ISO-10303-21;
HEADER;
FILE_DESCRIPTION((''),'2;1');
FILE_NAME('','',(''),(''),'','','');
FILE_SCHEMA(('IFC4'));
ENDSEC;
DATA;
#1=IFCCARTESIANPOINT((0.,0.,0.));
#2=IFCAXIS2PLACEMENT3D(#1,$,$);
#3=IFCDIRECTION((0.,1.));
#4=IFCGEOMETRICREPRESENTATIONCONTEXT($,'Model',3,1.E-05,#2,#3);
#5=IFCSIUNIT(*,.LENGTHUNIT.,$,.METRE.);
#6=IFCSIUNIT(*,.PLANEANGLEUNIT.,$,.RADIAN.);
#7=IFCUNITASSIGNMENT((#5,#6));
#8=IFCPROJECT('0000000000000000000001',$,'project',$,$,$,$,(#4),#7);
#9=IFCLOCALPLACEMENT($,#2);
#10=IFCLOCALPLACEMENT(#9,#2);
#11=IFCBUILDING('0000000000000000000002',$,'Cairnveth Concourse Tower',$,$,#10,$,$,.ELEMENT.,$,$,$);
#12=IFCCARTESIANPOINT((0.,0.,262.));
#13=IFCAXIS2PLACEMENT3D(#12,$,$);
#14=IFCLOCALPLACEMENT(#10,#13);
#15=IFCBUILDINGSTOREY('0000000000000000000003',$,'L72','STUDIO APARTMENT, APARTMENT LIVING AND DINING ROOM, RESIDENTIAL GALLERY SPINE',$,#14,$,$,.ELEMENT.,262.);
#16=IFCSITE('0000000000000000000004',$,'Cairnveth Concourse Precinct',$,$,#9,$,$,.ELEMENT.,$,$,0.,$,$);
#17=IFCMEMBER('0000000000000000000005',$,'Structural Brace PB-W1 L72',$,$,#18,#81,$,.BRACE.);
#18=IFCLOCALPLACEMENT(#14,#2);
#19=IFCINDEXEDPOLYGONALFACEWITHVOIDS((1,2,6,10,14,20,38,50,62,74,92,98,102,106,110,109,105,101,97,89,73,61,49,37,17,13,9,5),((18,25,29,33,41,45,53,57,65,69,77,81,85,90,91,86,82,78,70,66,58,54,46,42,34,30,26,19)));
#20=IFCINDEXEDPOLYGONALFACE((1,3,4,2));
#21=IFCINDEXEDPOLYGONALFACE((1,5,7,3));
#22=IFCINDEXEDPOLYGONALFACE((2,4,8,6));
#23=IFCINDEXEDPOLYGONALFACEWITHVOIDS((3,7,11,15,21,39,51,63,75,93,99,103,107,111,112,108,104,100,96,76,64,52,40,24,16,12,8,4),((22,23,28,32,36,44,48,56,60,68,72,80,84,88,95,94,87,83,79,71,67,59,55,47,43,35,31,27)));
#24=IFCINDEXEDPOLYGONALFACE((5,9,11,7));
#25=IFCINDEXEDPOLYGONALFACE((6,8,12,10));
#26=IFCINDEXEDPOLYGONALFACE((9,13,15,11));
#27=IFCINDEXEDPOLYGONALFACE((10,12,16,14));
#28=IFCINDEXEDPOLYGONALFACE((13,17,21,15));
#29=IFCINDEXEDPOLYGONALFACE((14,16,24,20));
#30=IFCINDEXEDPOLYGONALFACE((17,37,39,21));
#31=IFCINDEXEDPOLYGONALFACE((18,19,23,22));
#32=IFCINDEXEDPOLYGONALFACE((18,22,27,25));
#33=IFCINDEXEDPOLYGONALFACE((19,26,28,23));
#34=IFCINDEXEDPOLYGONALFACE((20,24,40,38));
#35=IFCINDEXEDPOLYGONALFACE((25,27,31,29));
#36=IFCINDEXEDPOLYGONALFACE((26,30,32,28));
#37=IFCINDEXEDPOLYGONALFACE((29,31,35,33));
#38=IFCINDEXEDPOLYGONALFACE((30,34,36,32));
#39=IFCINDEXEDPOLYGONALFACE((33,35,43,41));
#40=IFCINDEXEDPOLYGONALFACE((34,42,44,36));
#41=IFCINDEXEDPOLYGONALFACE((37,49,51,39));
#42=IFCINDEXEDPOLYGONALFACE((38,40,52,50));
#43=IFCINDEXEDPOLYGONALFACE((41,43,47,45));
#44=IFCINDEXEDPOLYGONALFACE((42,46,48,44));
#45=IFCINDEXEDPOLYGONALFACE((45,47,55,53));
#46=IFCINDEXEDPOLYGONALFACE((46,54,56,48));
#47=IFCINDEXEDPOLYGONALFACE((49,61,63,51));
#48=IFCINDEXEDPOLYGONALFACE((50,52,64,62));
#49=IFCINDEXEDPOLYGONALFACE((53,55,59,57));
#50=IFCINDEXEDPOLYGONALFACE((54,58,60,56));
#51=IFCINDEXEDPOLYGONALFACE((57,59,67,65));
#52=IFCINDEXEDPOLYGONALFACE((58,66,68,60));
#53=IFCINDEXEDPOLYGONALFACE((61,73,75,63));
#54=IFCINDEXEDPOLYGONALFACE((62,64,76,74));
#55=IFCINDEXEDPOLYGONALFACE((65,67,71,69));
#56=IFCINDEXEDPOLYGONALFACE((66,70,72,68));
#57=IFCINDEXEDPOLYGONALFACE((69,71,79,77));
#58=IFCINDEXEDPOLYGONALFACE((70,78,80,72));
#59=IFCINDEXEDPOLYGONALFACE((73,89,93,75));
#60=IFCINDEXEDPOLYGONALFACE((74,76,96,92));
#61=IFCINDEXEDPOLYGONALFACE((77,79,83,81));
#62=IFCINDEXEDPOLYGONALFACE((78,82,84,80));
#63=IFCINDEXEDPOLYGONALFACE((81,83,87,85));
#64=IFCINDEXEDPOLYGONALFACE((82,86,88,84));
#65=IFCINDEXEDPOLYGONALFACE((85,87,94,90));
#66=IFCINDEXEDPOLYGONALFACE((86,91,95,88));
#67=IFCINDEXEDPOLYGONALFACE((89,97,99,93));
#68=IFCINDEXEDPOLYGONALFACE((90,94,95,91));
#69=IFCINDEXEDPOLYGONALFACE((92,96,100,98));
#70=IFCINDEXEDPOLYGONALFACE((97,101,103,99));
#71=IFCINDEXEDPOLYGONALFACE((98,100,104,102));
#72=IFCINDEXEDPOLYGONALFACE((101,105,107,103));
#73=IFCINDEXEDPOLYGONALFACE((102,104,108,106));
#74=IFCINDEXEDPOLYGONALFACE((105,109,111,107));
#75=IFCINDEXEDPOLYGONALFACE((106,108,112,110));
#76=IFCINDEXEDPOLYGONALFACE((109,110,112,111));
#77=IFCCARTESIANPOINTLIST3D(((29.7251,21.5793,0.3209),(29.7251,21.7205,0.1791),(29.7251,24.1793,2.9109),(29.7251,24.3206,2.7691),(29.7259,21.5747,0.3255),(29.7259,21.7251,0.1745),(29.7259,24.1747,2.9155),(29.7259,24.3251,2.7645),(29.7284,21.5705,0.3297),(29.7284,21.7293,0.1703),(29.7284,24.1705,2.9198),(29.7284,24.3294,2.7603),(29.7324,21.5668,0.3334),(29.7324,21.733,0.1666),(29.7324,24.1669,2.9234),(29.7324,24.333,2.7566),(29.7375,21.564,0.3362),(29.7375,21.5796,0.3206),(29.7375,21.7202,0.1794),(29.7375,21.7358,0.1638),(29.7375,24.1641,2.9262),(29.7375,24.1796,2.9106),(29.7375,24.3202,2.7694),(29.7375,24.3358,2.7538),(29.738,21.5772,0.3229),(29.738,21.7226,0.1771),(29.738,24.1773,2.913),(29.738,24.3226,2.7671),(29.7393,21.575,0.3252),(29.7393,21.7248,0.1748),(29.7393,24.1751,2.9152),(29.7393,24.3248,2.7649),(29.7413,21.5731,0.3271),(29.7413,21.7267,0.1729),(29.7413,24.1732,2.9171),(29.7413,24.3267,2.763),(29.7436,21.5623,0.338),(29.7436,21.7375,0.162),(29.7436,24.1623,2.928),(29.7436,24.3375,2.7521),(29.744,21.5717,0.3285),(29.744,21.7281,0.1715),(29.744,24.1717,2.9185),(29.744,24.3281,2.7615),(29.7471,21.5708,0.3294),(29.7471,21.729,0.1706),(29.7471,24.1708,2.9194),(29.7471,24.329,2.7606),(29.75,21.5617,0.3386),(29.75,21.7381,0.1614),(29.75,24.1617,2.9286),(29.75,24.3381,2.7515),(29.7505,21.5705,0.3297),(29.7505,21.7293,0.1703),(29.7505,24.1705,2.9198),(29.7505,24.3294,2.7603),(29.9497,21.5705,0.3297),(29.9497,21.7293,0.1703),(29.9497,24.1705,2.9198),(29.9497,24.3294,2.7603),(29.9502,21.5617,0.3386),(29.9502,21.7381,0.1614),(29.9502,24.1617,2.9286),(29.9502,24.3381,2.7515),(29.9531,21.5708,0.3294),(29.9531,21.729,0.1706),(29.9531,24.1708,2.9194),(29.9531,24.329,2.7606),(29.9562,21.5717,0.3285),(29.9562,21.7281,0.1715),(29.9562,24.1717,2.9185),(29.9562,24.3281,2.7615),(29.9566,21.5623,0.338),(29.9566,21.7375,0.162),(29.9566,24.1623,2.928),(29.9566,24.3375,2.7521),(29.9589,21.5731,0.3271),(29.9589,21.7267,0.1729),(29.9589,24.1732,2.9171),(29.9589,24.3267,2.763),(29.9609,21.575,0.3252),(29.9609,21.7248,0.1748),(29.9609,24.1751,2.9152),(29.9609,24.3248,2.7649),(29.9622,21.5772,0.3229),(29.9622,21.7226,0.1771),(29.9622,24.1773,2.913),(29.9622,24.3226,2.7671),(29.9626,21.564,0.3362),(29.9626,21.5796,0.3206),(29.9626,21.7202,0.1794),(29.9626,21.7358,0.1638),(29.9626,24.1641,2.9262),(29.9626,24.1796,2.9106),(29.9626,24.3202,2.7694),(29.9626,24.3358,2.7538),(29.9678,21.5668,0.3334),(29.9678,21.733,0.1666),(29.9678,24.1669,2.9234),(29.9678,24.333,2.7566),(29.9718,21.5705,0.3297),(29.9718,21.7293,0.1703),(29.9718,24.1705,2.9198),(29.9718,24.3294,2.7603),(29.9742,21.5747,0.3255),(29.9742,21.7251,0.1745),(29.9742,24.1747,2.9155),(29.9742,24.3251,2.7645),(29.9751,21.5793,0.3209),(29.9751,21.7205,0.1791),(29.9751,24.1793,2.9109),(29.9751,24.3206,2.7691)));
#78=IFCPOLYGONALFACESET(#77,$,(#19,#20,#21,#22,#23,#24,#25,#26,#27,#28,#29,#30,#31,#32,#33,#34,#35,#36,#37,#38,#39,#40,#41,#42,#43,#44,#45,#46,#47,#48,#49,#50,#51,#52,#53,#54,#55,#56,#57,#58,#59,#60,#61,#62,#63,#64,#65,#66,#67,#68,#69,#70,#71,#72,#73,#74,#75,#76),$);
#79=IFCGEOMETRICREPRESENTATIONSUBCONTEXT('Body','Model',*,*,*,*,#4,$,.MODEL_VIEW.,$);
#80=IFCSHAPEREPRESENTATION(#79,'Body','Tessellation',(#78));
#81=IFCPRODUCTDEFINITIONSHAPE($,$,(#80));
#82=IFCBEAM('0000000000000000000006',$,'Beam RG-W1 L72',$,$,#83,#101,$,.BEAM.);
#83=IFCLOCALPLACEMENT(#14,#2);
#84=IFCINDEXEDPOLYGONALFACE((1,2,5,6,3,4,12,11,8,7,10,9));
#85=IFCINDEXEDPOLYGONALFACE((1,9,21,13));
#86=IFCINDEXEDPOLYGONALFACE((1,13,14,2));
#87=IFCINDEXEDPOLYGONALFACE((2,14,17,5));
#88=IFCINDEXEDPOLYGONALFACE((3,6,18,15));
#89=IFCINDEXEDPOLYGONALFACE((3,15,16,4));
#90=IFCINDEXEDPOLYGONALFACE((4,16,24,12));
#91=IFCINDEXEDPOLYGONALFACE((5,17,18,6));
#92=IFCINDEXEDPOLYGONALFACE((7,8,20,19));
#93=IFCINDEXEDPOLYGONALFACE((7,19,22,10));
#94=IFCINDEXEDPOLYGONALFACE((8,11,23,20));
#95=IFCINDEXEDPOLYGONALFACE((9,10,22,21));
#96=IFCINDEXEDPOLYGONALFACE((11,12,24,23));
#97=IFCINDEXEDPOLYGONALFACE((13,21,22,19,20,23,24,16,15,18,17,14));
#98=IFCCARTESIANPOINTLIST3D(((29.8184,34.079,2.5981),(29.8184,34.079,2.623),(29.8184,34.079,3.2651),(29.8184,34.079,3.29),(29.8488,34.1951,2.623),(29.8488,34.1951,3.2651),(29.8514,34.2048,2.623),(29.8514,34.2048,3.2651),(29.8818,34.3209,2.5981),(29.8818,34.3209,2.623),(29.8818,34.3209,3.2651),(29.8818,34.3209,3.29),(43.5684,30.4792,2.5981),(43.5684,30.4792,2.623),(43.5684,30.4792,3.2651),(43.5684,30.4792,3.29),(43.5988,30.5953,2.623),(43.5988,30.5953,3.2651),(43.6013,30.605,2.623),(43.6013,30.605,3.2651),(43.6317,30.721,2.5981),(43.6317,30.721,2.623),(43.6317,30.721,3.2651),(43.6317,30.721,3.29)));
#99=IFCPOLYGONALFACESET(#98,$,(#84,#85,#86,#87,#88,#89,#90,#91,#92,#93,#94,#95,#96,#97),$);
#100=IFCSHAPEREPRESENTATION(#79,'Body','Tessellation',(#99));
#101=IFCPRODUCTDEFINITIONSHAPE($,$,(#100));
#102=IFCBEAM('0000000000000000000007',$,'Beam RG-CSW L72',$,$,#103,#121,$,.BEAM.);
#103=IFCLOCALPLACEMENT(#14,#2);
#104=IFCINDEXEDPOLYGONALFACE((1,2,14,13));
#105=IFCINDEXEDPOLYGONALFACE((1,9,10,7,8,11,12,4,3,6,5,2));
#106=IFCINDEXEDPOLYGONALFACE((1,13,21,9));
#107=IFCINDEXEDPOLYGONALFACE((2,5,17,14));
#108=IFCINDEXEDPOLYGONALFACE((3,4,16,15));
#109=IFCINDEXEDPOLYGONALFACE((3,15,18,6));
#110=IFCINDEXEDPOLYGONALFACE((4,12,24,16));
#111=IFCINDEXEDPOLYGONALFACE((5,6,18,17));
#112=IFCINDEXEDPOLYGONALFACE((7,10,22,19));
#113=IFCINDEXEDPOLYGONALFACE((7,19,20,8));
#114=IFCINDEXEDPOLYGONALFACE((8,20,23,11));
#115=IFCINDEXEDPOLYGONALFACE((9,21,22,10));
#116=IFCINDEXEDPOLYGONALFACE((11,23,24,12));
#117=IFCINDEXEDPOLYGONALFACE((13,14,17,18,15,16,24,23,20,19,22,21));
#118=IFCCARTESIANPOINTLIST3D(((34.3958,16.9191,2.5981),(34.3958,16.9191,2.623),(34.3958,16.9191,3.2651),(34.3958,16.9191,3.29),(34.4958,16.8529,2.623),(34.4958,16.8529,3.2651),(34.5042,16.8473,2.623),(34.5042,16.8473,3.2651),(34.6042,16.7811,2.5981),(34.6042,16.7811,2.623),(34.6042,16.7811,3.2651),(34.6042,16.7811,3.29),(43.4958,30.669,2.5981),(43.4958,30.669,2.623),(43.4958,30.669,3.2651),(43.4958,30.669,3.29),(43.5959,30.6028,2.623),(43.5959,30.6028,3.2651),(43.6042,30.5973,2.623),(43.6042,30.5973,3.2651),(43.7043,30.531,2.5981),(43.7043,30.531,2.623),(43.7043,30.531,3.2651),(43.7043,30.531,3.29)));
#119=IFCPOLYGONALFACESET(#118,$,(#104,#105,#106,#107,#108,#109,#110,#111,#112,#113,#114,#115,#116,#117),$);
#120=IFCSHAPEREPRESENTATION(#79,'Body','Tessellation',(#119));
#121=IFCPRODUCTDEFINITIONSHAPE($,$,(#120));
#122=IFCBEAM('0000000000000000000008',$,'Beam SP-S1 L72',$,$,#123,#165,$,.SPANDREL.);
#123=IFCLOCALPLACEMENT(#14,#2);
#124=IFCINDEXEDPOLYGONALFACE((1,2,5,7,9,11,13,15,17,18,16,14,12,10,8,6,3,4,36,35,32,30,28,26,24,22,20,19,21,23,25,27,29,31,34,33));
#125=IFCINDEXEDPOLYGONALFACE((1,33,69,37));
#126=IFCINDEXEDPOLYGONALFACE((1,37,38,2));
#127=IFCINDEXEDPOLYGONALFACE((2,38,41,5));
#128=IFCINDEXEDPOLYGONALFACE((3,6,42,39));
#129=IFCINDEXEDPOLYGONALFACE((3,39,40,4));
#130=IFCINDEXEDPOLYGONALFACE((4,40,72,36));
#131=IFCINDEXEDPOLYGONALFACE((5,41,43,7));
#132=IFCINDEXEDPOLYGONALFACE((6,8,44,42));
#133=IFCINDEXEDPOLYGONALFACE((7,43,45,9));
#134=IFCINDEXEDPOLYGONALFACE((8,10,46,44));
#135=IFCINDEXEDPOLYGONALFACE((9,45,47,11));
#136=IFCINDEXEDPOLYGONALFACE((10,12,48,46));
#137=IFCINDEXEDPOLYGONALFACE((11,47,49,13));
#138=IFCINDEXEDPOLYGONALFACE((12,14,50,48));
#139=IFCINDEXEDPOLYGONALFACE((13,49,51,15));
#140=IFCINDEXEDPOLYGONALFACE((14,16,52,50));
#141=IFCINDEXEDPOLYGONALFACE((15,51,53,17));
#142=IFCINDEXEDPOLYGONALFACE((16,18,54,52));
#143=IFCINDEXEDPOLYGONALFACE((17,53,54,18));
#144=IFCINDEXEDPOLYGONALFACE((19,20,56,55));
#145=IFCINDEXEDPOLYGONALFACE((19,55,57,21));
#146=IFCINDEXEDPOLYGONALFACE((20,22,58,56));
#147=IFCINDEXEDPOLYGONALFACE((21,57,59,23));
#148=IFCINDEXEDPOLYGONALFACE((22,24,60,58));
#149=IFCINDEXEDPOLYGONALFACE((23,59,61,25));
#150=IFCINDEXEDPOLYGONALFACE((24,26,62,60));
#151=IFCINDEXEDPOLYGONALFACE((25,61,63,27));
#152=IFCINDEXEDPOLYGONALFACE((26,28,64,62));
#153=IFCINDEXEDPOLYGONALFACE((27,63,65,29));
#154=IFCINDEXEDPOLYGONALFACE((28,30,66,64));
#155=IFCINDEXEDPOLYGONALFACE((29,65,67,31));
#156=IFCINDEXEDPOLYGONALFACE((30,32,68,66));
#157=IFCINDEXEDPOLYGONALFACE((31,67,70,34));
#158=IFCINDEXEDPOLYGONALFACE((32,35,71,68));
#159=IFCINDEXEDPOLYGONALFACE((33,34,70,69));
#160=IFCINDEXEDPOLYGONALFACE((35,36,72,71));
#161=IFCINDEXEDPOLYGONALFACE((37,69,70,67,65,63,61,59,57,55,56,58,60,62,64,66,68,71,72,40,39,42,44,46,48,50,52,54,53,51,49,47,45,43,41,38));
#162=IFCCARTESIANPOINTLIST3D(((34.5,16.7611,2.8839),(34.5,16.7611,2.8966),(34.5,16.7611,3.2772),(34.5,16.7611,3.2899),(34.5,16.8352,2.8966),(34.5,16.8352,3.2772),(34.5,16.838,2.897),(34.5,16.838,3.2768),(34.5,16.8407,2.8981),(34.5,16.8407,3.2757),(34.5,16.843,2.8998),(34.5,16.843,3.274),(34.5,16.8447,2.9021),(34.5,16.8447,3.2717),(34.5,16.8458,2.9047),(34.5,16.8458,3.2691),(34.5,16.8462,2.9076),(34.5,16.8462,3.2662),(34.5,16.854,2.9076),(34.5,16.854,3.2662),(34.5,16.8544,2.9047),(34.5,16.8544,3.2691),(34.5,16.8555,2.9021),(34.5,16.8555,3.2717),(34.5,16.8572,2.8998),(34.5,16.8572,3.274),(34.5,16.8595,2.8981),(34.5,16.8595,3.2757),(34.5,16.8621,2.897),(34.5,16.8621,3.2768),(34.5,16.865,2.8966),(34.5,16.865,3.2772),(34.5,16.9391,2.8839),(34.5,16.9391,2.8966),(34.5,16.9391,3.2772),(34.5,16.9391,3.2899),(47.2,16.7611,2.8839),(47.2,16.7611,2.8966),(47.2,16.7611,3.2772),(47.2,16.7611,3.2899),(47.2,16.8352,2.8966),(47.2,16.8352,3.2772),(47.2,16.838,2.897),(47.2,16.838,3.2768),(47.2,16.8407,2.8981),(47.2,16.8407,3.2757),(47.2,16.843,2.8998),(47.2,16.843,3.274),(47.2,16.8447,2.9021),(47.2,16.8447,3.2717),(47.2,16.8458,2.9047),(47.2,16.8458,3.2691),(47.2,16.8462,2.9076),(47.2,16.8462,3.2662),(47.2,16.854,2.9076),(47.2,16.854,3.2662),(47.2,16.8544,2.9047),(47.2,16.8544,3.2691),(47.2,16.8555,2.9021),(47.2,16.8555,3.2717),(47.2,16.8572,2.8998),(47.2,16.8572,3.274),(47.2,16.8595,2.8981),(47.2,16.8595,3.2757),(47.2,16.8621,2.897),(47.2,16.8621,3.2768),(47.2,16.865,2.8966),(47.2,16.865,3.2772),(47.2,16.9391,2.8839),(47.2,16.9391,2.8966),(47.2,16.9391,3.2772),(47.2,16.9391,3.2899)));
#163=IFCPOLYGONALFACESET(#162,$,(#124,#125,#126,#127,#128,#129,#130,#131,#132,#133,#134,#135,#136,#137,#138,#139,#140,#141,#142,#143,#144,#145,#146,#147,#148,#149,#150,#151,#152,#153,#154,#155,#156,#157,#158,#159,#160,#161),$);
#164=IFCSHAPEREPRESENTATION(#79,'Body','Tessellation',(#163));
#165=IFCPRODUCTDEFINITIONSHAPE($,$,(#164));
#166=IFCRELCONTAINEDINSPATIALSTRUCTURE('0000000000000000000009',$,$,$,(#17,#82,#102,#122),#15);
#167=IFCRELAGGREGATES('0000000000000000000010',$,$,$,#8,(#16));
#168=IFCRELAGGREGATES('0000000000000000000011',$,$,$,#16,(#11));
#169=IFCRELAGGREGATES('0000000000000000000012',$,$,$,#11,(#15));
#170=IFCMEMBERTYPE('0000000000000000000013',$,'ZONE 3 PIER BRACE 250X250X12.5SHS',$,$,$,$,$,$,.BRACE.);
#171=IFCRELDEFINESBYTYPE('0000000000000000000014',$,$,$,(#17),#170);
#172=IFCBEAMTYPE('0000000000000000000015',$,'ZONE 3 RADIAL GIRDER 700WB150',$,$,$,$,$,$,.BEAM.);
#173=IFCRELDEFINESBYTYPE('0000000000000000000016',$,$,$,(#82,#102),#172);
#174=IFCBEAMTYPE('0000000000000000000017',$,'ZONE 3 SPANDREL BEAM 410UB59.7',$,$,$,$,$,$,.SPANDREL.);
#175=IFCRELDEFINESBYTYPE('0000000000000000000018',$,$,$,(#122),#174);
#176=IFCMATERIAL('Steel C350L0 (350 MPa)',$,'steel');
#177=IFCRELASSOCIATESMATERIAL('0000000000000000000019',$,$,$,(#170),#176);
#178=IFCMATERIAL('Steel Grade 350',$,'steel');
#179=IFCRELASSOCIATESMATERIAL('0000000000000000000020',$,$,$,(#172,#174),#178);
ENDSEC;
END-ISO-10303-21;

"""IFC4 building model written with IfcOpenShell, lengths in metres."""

from ifc_helpers import new_model, si_unit, direction, frame, origin, origin_2d, place, context, subcontext, project, spatial, hollow_rectangle, i_section, extrude, material, material_profile, profile_set, type_object, element, save


model = new_model("IFC4")

# Units and contexts
model_context = context("Model", 3, precision=1e-05, world=origin(), true_north=direction((0.0, 1.0)))
body_context = subcontext(model_context, "Body", "Model", "MODEL_VIEW")
ifc_project = project(units=[si_unit("LENGTHUNIT", "METRE"), si_unit("PLANEANGLEUNIT", "RADIAN")], contexts=[model_context])

# Site, building, storey
site_placement = place(None, origin())
site = spatial("IfcSite", under=ifc_project, at=site_placement, Name="Cairnveth Concourse Precinct", CompositionType="ELEMENT", RefElevation=0.0)
building_placement = place(site_placement, origin())
building = spatial("IfcBuilding", under=site, at=building_placement, Name="Cairnveth Concourse Tower", CompositionType="ELEMENT")
storey_placement = place(building_placement, frame((0.0, 0.0, 262.0)))
storey = spatial("IfcBuildingStorey", under=building, at=storey_placement, Name="L72", Description="STUDIO APARTMENT, APARTMENT LIVING AND DINING ROOM, RESIDENTIAL GALLERY SPINE", CompositionType="ELEMENT", Elevation=262.0)

# Shared definitions
ifc_material_1 = material(Name="Steel Grade 350", Category="steel")

# Member
ifc_material_2 = material(Name="Steel C350L0 (350 MPa)", Category="steel")
ifc_material_profile_1 = material_profile(ifc_material_2, hollow_rectangle(XDim=0.25, YDim=0.25, WallThickness=0.0125, InnerFilletRadius=0.0129, OuterFilletRadius=0.0249, at=origin_2d()), Name="250x250x12.5SHS")
ifc_profile_set_1 = profile_set([ifc_material_profile_1], Name="Steel C350L0 (350 MPa)")
member_type = type_object("IfcMemberType", Name="ZONE 3 PIER BRACE 250X250X12.5SHS", PredefinedType="BRACE", material=ifc_profile_set_1)
for number, where, z_axis, x_axis, name in (
    (1, (29.8501, 21.6499, 0.25), (0.0, 0.708469, 0.705742), (-1.0, 0.0, 0.0), "Structural Brace PB-W1 L72"),
):
    element("IfcMember", number, at=place(storey_placement, frame(where, z_axis=z_axis, x_axis=x_axis)), inside=storey, type_object=member_type, Name=name, PredefinedType="BRACE", context=body_context, shape_type="SweptSolid", body=[
        extrude(hollow_rectangle(XDim=0.25, YDim=0.25, WallThickness=0.0125, InnerFilletRadius=0.0129, OuterFilletRadius=0.0249, at=origin_2d()), origin(), (0.0, 0.0, 1.0), 3.6699),
    ])

# Beams
ifc_material_profile_2 = material_profile(ifc_material_1, i_section(OverallWidth=0.25, OverallDepth=0.6919, WebThickness=0.01, FlangeThickness=0.0249, at=origin_2d()), Name="700WB150")
ifc_profile_set_2 = profile_set([ifc_material_profile_2], Name="Steel Grade 350")
beam_type_1 = type_object("IfcBeamType", Name="ZONE 3 RADIAL GIRDER 700WB150", PredefinedType="BEAM", material=ifc_profile_set_2)
beam_1_placement = place(storey_placement, frame((29.8501, 34.2, 2.9441), z_axis=(0.967395, -0.253271, 0.0), x_axis=(0.253271, 0.967395, 0.0)))
element("IfcBeam", 2, at=beam_1_placement, inside=storey, type_object=beam_type_1, Name="Beam RG-W1 L72", PredefinedType="BEAM", context=body_context, shape_type="SweptSolid", body=[
    extrude(i_section(OverallWidth=0.25, OverallDepth=0.6919, WebThickness=0.01, FlangeThickness=0.0249, at=origin_2d()), origin(), (0.0, 0.0, 1.0), 14.2134),
])
beam_2_placement = place(storey_placement, frame((34.5, 16.8501, 2.9441), z_axis=(0.551902, 0.833909, 0.0), x_axis=(-0.833909, 0.551902, 0.0)))
element("IfcBeam", 3, at=beam_2_placement, inside=storey, type_object=beam_type_1, Name="Beam RG-CSW L72", PredefinedType="BEAM", context=body_context, shape_type="SweptSolid", body=[
    extrude(i_section(OverallWidth=0.25, OverallDepth=0.6919, WebThickness=0.01, FlangeThickness=0.0249, at=origin_2d()), origin(), (0.0, 0.0, 1.0), 16.4885),
])
ifc_material_profile_3 = material_profile(ifc_material_1, i_section(OverallWidth=0.178, OverallDepth=0.406, WebThickness=0.0078, FlangeThickness=0.0127, FilletRadius=0.011, at=origin_2d()), Name="410UB59.7")
ifc_profile_set_3 = profile_set([ifc_material_profile_3], Name="Steel Grade 350")
beam_type_2 = type_object("IfcBeamType", Name="ZONE 3 SPANDREL BEAM 410UB59.7", PredefinedType="SPANDREL", material=ifc_profile_set_3)
beam_3_placement = place(storey_placement, frame((34.5, 16.8501, 3.0869), z_axis=(1.0, 0.0, 0.0), x_axis=(0.0, 1.0, 0.0)))
element("IfcBeam", 4, at=beam_3_placement, inside=storey, type_object=beam_type_2, Name="Beam SP-S1 L72", PredefinedType="SPANDREL", context=body_context, shape_type="SweptSolid", body=[
    extrude(i_section(OverallWidth=0.178, OverallDepth=0.406, WebThickness=0.0078, FlangeThickness=0.0127, FilletRadius=0.011, at=origin_2d()), origin(), (0.0, 0.0, 1.0), 12.7),
])

save(model, "model.ifc")
